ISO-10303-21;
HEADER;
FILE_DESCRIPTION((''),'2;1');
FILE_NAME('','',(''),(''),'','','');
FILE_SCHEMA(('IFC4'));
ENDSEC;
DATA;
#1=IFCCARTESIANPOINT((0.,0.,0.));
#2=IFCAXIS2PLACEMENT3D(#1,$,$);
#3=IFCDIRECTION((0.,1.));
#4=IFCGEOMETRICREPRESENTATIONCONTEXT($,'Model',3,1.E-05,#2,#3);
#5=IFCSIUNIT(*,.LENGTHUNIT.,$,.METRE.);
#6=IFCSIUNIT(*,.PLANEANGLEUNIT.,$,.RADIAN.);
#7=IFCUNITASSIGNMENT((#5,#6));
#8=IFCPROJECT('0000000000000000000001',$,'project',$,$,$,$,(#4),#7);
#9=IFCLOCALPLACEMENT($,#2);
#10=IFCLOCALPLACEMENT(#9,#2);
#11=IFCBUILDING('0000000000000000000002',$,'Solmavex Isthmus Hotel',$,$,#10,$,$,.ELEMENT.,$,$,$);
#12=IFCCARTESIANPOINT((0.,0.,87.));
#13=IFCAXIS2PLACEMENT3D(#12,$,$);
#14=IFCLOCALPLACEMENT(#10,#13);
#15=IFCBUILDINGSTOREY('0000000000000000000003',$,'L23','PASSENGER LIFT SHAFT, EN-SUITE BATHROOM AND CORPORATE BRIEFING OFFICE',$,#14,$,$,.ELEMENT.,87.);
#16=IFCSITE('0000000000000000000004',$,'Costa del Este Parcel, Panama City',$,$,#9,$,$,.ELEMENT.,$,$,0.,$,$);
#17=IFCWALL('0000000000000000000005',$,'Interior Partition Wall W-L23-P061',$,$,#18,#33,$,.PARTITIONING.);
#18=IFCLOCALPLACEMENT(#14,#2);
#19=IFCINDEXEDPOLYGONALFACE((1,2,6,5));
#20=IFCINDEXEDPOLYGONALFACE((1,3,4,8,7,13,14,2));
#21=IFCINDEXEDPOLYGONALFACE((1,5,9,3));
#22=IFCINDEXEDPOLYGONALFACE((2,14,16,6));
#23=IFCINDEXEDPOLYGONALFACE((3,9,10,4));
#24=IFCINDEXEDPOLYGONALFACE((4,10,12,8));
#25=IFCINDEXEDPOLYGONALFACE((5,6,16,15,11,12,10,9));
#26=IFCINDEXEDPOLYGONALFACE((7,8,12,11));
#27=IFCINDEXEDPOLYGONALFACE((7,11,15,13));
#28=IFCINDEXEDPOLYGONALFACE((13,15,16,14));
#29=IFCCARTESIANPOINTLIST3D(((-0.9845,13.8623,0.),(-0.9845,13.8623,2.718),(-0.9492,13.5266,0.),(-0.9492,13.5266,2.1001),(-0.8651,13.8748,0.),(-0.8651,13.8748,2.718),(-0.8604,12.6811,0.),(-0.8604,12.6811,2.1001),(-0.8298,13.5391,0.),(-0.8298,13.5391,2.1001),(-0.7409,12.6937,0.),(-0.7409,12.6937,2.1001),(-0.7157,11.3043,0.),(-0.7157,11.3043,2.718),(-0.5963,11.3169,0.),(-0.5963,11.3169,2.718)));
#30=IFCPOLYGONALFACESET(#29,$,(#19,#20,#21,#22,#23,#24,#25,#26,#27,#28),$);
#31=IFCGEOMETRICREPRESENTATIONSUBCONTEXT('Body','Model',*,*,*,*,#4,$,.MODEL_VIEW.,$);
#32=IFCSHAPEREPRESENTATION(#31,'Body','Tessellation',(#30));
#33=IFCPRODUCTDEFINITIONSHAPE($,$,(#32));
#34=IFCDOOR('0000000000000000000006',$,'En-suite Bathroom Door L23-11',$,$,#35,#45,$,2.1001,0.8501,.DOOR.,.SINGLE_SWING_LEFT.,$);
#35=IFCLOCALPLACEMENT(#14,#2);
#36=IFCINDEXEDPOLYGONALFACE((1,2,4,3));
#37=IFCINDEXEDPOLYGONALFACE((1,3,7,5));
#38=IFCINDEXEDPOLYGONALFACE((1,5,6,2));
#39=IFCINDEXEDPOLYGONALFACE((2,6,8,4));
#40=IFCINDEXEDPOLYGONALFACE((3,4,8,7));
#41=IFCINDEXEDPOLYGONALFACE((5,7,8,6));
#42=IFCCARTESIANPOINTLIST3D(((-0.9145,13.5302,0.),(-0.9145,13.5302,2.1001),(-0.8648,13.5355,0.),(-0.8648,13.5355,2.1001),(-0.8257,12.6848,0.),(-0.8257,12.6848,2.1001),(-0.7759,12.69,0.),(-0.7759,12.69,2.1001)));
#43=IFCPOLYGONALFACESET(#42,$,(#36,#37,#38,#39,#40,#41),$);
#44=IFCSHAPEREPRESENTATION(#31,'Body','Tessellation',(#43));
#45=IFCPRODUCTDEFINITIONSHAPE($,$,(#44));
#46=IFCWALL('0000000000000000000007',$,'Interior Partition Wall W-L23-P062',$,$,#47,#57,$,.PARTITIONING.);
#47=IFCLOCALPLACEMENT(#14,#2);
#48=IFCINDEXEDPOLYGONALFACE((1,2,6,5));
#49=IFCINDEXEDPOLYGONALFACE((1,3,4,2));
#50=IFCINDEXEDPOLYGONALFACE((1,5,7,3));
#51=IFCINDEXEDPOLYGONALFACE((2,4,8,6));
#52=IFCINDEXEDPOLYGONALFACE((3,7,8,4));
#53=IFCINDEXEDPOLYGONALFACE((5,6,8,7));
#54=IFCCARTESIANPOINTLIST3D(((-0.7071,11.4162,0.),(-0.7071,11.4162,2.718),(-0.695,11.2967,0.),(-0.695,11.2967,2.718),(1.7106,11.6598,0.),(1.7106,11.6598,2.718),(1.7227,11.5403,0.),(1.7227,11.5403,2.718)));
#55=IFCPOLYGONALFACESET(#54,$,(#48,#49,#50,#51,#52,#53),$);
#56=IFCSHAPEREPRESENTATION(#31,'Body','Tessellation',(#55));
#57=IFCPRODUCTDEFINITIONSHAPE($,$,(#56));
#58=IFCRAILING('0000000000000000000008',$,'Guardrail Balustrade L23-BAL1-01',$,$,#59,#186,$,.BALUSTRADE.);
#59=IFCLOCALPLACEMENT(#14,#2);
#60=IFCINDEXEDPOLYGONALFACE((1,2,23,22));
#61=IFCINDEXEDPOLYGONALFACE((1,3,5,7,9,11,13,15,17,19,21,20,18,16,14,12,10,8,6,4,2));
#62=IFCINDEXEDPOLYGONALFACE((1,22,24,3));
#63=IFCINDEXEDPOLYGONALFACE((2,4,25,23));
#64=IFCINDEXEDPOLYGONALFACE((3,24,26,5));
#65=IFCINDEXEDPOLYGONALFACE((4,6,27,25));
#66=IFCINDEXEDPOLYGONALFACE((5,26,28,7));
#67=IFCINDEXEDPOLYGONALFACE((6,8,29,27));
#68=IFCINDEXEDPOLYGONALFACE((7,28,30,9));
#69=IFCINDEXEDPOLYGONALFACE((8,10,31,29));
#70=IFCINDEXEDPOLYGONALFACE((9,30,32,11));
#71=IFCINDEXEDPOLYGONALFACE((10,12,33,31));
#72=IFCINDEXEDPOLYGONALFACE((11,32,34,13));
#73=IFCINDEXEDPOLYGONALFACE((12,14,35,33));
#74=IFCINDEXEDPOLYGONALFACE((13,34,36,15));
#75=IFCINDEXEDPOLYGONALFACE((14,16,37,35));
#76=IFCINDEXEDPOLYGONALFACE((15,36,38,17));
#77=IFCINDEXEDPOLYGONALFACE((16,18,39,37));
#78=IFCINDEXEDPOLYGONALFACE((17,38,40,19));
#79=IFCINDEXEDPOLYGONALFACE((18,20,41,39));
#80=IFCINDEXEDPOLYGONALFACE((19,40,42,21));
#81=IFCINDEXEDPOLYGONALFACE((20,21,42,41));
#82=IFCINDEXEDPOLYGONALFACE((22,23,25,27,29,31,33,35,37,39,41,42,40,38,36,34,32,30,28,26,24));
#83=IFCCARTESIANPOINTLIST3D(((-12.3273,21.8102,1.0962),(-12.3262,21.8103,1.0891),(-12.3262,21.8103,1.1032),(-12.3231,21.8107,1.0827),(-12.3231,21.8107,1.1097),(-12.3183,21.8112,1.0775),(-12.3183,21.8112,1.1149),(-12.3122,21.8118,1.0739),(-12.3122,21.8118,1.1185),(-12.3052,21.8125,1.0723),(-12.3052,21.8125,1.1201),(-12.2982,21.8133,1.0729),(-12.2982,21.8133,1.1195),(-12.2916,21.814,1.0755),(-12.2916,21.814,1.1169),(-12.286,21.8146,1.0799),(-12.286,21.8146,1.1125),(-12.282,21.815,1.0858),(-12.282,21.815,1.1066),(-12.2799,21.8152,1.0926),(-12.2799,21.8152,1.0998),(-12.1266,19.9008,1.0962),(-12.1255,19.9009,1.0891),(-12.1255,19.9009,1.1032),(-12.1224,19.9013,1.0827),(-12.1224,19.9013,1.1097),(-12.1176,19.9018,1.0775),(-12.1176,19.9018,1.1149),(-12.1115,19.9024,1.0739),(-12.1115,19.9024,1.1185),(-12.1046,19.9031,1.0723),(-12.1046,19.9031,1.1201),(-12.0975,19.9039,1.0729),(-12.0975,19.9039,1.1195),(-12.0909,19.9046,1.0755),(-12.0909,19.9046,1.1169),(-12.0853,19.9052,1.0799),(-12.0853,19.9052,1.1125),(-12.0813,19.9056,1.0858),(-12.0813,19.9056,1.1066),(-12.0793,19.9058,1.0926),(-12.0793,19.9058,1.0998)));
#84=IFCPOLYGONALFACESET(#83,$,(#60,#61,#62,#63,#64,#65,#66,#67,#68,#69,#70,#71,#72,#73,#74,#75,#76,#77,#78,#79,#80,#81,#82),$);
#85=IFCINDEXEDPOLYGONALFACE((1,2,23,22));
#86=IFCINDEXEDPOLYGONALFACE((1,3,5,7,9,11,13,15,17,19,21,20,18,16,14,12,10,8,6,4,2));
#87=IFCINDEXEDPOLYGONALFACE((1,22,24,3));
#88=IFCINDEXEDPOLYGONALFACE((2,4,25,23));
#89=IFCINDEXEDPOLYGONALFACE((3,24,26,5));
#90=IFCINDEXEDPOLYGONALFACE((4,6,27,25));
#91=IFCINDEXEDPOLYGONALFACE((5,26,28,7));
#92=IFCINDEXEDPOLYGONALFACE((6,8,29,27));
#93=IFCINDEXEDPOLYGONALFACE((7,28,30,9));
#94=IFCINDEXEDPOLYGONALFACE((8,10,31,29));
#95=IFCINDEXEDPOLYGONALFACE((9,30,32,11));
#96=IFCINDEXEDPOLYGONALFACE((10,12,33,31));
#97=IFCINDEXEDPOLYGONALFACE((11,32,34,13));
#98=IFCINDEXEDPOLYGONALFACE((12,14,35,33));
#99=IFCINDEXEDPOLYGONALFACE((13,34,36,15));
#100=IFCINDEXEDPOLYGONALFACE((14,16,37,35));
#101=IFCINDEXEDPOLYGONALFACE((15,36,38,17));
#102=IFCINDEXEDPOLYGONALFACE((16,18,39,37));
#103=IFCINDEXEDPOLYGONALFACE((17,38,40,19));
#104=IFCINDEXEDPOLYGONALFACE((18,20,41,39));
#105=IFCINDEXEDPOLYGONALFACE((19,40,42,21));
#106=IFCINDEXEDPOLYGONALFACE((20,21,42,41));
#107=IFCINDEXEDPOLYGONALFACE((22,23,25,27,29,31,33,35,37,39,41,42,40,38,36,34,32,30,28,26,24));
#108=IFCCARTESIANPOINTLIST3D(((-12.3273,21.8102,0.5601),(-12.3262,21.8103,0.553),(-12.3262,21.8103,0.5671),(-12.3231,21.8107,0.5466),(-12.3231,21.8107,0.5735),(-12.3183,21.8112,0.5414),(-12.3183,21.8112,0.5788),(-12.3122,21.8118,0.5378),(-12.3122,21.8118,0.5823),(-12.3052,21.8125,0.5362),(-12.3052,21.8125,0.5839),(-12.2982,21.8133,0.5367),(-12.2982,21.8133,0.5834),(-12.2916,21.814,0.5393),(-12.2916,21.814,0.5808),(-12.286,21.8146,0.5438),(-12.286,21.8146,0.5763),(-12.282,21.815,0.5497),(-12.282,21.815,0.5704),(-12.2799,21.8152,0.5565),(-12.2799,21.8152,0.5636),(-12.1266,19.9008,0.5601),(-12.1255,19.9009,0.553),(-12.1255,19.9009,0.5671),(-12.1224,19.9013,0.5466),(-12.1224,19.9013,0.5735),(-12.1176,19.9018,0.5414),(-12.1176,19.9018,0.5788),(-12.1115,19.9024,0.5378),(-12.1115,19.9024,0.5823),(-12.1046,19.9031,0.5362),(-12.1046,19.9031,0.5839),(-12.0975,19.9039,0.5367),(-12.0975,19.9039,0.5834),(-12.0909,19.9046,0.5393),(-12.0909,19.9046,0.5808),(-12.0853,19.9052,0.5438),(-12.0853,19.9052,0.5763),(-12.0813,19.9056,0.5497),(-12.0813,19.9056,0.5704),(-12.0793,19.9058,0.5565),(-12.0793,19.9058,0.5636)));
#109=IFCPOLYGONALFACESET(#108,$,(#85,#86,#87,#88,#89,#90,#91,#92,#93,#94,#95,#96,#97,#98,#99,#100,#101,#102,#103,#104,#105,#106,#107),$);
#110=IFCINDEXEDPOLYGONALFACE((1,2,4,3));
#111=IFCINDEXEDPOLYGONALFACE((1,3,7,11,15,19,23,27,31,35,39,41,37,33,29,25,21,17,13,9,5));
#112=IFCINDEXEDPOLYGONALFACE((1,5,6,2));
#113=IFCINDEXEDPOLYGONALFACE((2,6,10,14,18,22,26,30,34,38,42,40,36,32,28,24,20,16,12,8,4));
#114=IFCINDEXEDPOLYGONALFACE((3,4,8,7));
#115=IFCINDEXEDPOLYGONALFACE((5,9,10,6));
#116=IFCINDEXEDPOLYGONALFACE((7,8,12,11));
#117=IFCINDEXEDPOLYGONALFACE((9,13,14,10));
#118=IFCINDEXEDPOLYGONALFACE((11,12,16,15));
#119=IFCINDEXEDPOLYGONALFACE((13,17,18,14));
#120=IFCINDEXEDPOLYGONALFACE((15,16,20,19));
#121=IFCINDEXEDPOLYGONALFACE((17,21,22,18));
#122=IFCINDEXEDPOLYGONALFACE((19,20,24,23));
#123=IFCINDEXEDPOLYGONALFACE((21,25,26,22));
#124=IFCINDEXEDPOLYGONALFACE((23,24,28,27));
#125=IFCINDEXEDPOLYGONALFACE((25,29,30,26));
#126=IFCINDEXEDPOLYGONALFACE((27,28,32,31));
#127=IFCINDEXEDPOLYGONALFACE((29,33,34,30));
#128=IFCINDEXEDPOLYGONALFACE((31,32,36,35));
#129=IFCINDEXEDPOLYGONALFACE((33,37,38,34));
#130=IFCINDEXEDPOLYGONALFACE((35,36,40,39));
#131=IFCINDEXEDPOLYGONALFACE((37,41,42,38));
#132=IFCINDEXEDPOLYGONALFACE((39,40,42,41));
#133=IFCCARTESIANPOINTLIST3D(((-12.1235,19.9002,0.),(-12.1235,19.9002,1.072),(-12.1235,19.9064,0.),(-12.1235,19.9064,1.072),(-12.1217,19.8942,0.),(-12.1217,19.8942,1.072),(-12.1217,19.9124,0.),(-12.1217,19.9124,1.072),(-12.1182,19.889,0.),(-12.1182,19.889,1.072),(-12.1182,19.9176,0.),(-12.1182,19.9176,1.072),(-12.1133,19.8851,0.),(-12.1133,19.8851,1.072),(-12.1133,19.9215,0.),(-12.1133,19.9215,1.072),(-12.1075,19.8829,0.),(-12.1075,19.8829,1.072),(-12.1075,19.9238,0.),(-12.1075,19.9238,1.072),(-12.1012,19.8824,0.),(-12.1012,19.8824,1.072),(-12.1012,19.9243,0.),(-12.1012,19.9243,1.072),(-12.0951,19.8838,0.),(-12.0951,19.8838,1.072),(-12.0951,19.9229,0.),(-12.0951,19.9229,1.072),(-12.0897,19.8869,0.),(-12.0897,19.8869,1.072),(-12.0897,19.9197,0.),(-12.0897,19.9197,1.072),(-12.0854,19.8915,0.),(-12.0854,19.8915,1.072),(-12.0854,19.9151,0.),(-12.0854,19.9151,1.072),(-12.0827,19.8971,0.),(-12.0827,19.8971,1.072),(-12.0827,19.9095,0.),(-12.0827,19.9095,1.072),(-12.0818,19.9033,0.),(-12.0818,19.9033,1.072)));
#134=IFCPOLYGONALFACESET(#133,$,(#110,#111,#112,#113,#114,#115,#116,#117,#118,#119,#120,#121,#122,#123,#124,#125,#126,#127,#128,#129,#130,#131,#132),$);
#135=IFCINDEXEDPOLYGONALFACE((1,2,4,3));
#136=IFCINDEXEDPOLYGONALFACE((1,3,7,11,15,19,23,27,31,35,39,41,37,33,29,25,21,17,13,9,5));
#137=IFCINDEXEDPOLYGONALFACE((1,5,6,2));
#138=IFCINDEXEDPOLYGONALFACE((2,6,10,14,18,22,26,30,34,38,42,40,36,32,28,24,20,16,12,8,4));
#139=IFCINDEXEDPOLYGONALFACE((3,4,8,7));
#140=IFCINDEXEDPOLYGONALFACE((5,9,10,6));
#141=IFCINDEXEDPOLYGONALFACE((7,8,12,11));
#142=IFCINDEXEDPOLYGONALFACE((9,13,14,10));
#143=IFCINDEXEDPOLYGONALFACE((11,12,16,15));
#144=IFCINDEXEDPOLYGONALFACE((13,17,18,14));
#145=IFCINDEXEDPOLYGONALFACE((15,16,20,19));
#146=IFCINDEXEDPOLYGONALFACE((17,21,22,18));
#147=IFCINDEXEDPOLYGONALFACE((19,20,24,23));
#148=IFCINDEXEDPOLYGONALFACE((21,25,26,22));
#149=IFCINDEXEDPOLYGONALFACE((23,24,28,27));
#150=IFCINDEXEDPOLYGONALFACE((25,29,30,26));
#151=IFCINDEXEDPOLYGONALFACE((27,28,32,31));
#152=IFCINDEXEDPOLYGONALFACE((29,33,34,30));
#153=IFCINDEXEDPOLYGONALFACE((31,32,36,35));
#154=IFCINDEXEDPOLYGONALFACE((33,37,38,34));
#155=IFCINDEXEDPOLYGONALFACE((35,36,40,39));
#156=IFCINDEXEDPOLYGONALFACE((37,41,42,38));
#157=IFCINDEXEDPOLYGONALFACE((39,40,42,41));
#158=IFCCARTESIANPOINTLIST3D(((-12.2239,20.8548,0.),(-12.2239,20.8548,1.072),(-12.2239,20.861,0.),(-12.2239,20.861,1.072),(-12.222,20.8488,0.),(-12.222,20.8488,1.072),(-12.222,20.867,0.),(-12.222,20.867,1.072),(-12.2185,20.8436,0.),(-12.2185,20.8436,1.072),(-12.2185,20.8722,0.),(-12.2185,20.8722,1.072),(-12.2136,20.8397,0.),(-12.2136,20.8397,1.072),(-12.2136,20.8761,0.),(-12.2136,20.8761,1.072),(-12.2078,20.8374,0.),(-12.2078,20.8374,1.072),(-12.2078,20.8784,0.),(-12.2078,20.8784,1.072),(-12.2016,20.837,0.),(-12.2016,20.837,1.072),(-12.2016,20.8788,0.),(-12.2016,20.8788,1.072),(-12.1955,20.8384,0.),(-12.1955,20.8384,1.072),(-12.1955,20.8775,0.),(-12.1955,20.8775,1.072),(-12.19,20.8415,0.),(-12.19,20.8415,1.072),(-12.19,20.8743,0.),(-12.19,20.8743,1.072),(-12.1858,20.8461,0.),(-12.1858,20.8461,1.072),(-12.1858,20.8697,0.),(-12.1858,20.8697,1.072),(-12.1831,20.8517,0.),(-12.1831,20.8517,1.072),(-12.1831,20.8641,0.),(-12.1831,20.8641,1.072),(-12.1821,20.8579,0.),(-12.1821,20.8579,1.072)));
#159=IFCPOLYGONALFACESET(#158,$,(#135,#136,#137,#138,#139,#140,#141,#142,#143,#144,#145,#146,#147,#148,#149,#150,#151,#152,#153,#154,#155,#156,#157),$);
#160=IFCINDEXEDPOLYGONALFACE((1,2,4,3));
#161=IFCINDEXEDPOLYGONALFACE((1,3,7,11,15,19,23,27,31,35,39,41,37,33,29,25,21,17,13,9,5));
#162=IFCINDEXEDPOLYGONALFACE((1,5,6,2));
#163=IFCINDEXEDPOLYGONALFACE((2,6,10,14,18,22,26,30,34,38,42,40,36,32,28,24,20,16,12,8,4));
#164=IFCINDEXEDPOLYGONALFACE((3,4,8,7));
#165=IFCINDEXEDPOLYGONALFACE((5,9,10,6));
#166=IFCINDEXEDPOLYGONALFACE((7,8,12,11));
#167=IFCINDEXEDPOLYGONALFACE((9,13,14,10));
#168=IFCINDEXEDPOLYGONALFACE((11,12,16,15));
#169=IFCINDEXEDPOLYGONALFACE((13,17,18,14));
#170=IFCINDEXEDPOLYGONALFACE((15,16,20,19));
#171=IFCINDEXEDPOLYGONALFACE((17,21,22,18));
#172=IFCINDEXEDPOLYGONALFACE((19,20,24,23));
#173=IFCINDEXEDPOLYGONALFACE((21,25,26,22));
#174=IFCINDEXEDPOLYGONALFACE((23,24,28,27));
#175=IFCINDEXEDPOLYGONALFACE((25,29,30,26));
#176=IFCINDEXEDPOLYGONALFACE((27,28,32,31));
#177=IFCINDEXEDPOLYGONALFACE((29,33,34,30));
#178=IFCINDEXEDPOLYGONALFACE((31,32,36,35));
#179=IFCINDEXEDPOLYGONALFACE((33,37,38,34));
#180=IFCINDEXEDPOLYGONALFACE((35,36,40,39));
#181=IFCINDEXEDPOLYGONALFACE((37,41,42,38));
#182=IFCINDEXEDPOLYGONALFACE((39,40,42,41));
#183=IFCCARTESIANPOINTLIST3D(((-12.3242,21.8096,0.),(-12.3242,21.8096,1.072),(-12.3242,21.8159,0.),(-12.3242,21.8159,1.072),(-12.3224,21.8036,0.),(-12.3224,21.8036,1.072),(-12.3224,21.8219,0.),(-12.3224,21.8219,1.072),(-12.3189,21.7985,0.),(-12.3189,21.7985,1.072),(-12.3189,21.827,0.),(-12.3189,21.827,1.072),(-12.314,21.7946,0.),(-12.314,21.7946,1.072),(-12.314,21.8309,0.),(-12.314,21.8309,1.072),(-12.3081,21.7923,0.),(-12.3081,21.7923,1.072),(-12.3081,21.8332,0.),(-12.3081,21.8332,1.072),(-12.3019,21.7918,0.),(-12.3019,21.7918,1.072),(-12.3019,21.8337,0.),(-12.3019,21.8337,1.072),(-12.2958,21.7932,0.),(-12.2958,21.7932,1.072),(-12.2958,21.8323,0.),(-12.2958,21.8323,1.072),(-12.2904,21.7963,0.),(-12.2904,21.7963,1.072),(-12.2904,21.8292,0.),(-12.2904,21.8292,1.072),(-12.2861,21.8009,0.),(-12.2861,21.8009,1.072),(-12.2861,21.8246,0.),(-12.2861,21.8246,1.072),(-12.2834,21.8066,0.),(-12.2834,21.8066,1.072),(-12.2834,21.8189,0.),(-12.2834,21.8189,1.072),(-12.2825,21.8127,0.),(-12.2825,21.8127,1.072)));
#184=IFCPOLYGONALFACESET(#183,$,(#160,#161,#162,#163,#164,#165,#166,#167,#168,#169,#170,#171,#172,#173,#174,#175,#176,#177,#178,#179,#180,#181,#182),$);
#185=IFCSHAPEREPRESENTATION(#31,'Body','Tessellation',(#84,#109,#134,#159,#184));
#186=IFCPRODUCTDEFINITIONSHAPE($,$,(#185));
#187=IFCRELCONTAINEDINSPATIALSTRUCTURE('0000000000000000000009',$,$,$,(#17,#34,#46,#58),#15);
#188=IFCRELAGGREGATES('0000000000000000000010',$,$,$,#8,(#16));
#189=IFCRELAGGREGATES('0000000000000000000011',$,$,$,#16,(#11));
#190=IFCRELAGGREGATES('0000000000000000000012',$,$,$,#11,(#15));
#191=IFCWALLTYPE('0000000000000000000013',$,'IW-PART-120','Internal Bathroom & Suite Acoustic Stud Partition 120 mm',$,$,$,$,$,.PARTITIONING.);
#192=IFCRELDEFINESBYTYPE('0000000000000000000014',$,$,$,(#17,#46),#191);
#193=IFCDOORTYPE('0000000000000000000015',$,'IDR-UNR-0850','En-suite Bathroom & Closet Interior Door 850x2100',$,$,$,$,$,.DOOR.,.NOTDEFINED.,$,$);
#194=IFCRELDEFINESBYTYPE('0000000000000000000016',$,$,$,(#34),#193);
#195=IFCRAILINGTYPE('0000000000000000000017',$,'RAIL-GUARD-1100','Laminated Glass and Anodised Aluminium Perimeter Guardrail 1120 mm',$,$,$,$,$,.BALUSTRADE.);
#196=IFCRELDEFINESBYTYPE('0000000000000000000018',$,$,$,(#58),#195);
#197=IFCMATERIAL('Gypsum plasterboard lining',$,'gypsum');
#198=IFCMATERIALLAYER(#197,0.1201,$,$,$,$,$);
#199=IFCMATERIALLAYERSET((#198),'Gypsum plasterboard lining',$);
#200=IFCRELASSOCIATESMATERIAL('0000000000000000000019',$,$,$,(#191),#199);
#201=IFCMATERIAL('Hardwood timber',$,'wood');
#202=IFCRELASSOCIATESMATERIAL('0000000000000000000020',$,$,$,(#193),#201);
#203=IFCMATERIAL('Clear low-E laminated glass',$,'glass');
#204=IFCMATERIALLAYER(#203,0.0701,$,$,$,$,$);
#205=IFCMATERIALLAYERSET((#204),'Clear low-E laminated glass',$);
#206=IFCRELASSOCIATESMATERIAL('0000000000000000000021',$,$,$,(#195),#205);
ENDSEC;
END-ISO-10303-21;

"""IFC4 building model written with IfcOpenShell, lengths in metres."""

from ifc_helpers import new_model, si_unit, direction, frame, frame_2d, origin, origin_2d, place, context, subcontext, project, spatial, rectangle, circle, extrude, material, layer, layer_set, type_object, element, fill, save


model = new_model("IFC4")

# Units and contexts
model_context = context("Model", 3, precision=1e-05, world=origin(), true_north=direction((0.0, 1.0)))
body_context = subcontext(model_context, "Body", "Model", "MODEL_VIEW")
ifc_project = project(units=[si_unit("LENGTHUNIT", "METRE"), si_unit("PLANEANGLEUNIT", "RADIAN")], contexts=[model_context])

# Site, building, storey
site_placement = place(None, origin())
site = spatial("IfcSite", under=ifc_project, at=site_placement, Name="Costa del Este Parcel, Panama City", CompositionType="ELEMENT", RefElevation=0.0)
building_placement = place(site_placement, origin())
building = spatial("IfcBuilding", under=site, at=building_placement, Name="Solmavex Isthmus Hotel", CompositionType="ELEMENT")
storey_placement = place(building_placement, frame((0.0, 0.0, 87.0)))
storey = spatial("IfcBuildingStorey", under=building, at=storey_placement, Name="L23", Description="PASSENGER LIFT SHAFT, EN-SUITE BATHROOM AND CORPORATE BRIEFING OFFICE", CompositionType="ELEMENT", Elevation=87.0)

# Shared definitions
ifc_material_1 = material(Name="Clear low-E laminated glass", Category="glass")

# Shared definitions
ifc_material_2 = material(Name="Gypsum plasterboard lining", Category="gypsum")

# Shared definitions
ifc_material_3 = material(Name="Hardwood timber", Category="wood")

# Wall, opening, door
ifc_layer_1 = layer(ifc_material_2, 0.1201)
ifc_layer_set_1 = layer_set([ifc_layer_1], Name="Gypsum plasterboard lining")
wall_type_1 = type_object("IfcWallType", Name="IW-PART-120", Description="Internal Bathroom & Suite Acoustic Stud Partition 120 mm", PredefinedType="PARTITIONING", material=ifc_layer_set_1)
wall_1_placement = place(storey_placement, frame((-0.9248, 13.8687, 0.0), z_axis=(0.0, 0.0, 1.0), x_axis=(0.104512, -0.994524, 0.0)))
wall_1 = element("IfcWall", 1, at=wall_1_placement, inside=storey, type_object=wall_type_1, Name="Interior Partition Wall W-L23-P061", PredefinedType="PARTITIONING", context=body_context, shape_type="SweptSolid", body=[
    extrude(rectangle(XDim=2.572, YDim=0.1201, at=frame_2d((1.2861, 0.0))), origin(), (0.0, 0.0, 1.0), 2.718),
])
opening_1_placement = place(wall_1_placement, frame((0.3376, 0.0, 0.0)))
opening_1 = element("IfcOpeningElement", 2, at=opening_1_placement, cuts=wall_1, PredefinedType="OPENING", context=body_context, shape_type="SweptSolid", body=[
    extrude(rectangle(XDim=0.8501, YDim=2.1001, at=frame_2d((0.425, 1.05))), frame((0.0, 0.0701, 0.0), z_axis=(0.0, -1.0, 0.0), x_axis=(1.0, 0.0, 0.0)), (0.0, 0.0, 1.0), 0.1401),
])
door_type_1 = type_object("IfcDoorType", Name="IDR-UNR-0850", Description="En-suite Bathroom & Closet Interior Door 850x2100", OperationType="NOTDEFINED", PredefinedType="DOOR", material=ifc_material_3)
door_1_placement = place(opening_1_placement, origin())
door_1 = element("IfcDoor", 3, at=door_1_placement, inside=storey, type_object=door_type_1, Name="En-suite Bathroom Door L23-11", OperationType="SINGLE_SWING_LEFT", OverallHeight=2.1001, OverallWidth=0.8501, PredefinedType="DOOR", context=body_context, shape_type="SweptSolid", body=[
    extrude(rectangle(XDim=0.8501, YDim=2.1001, at=frame_2d((0.425, 1.05))), frame((0.0, 0.0249, 0.0), z_axis=(0.0, -1.0, 0.0), x_axis=(1.0, 0.0, 0.0)), (0.0, 0.0, 1.0), 0.05),
])
fill(opening_1, door_1)

# Wall
wall_2_placement = place(storey_placement, frame((-0.7009, 11.3564, 0.0), z_axis=(0.0, 0.0, 1.0), x_axis=(0.99496, 0.10027, 0.0)))
element("IfcWall", 4, at=wall_2_placement, inside=storey, type_object=wall_type_1, Name="Interior Partition Wall W-L23-P062", PredefinedType="PARTITIONING", context=body_context, shape_type="SweptSolid", body=[
    extrude(rectangle(XDim=2.4299, YDim=0.1201, at=frame_2d((1.2148, 0.0))), origin(), (0.0, 0.0, 1.0), 2.718),
])

# Railing
ifc_layer_2 = layer(ifc_material_1, 0.0701)
ifc_layer_set_2 = layer_set([ifc_layer_2], Name="Clear low-E laminated glass")
railing_type = type_object("IfcRailingType", Name="RAIL-GUARD-1100", Description="Laminated Glass and Anodised Aluminium Perimeter Guardrail 1120 mm", PredefinedType="BALUSTRADE", material=ifc_layer_set_2)
railing_1_placement = place(storey_placement, frame((-12.1028, 19.9033, 0.0)))
element("IfcRailing", 5, at=railing_1_placement, inside=storey, type_object=railing_type, Name="Guardrail Balustrade L23-BAL1-01", PredefinedType="BALUSTRADE", context=body_context, shape_type="SweptSolid", body=[
    extrude(circle(Radius=0.0239, at=origin_2d()), frame((0.0, 0.0, 1.0962), z_axis=(-0.104526, 0.994522, 0.0), x_axis=(-0.994522, -0.104526, 0.0)), (0.0, 0.0, 1.0), 1.9199),
    extrude(circle(Radius=0.0239, at=origin_2d()), frame((0.0, 0.0, 0.5601), z_axis=(-0.104526, 0.994522, 0.0), x_axis=(-0.994522, -0.104526, 0.0)), (0.0, 0.0, 1.0), 1.9199),
    extrude(circle(Radius=0.021, at=origin_2d()), origin(), (0.0, 0.0, 1.0), 1.072),
    extrude(circle(Radius=0.021, at=origin_2d()), frame((-0.1003, 0.9546, 0.0)), (0.0, 0.0, 1.0), 1.072),
    extrude(circle(Radius=0.021, at=origin_2d()), frame((-0.2007, 1.9094, 0.0)), (0.0, 0.0, 1.0), 1.072),
])

save(model, "model.ifc")
